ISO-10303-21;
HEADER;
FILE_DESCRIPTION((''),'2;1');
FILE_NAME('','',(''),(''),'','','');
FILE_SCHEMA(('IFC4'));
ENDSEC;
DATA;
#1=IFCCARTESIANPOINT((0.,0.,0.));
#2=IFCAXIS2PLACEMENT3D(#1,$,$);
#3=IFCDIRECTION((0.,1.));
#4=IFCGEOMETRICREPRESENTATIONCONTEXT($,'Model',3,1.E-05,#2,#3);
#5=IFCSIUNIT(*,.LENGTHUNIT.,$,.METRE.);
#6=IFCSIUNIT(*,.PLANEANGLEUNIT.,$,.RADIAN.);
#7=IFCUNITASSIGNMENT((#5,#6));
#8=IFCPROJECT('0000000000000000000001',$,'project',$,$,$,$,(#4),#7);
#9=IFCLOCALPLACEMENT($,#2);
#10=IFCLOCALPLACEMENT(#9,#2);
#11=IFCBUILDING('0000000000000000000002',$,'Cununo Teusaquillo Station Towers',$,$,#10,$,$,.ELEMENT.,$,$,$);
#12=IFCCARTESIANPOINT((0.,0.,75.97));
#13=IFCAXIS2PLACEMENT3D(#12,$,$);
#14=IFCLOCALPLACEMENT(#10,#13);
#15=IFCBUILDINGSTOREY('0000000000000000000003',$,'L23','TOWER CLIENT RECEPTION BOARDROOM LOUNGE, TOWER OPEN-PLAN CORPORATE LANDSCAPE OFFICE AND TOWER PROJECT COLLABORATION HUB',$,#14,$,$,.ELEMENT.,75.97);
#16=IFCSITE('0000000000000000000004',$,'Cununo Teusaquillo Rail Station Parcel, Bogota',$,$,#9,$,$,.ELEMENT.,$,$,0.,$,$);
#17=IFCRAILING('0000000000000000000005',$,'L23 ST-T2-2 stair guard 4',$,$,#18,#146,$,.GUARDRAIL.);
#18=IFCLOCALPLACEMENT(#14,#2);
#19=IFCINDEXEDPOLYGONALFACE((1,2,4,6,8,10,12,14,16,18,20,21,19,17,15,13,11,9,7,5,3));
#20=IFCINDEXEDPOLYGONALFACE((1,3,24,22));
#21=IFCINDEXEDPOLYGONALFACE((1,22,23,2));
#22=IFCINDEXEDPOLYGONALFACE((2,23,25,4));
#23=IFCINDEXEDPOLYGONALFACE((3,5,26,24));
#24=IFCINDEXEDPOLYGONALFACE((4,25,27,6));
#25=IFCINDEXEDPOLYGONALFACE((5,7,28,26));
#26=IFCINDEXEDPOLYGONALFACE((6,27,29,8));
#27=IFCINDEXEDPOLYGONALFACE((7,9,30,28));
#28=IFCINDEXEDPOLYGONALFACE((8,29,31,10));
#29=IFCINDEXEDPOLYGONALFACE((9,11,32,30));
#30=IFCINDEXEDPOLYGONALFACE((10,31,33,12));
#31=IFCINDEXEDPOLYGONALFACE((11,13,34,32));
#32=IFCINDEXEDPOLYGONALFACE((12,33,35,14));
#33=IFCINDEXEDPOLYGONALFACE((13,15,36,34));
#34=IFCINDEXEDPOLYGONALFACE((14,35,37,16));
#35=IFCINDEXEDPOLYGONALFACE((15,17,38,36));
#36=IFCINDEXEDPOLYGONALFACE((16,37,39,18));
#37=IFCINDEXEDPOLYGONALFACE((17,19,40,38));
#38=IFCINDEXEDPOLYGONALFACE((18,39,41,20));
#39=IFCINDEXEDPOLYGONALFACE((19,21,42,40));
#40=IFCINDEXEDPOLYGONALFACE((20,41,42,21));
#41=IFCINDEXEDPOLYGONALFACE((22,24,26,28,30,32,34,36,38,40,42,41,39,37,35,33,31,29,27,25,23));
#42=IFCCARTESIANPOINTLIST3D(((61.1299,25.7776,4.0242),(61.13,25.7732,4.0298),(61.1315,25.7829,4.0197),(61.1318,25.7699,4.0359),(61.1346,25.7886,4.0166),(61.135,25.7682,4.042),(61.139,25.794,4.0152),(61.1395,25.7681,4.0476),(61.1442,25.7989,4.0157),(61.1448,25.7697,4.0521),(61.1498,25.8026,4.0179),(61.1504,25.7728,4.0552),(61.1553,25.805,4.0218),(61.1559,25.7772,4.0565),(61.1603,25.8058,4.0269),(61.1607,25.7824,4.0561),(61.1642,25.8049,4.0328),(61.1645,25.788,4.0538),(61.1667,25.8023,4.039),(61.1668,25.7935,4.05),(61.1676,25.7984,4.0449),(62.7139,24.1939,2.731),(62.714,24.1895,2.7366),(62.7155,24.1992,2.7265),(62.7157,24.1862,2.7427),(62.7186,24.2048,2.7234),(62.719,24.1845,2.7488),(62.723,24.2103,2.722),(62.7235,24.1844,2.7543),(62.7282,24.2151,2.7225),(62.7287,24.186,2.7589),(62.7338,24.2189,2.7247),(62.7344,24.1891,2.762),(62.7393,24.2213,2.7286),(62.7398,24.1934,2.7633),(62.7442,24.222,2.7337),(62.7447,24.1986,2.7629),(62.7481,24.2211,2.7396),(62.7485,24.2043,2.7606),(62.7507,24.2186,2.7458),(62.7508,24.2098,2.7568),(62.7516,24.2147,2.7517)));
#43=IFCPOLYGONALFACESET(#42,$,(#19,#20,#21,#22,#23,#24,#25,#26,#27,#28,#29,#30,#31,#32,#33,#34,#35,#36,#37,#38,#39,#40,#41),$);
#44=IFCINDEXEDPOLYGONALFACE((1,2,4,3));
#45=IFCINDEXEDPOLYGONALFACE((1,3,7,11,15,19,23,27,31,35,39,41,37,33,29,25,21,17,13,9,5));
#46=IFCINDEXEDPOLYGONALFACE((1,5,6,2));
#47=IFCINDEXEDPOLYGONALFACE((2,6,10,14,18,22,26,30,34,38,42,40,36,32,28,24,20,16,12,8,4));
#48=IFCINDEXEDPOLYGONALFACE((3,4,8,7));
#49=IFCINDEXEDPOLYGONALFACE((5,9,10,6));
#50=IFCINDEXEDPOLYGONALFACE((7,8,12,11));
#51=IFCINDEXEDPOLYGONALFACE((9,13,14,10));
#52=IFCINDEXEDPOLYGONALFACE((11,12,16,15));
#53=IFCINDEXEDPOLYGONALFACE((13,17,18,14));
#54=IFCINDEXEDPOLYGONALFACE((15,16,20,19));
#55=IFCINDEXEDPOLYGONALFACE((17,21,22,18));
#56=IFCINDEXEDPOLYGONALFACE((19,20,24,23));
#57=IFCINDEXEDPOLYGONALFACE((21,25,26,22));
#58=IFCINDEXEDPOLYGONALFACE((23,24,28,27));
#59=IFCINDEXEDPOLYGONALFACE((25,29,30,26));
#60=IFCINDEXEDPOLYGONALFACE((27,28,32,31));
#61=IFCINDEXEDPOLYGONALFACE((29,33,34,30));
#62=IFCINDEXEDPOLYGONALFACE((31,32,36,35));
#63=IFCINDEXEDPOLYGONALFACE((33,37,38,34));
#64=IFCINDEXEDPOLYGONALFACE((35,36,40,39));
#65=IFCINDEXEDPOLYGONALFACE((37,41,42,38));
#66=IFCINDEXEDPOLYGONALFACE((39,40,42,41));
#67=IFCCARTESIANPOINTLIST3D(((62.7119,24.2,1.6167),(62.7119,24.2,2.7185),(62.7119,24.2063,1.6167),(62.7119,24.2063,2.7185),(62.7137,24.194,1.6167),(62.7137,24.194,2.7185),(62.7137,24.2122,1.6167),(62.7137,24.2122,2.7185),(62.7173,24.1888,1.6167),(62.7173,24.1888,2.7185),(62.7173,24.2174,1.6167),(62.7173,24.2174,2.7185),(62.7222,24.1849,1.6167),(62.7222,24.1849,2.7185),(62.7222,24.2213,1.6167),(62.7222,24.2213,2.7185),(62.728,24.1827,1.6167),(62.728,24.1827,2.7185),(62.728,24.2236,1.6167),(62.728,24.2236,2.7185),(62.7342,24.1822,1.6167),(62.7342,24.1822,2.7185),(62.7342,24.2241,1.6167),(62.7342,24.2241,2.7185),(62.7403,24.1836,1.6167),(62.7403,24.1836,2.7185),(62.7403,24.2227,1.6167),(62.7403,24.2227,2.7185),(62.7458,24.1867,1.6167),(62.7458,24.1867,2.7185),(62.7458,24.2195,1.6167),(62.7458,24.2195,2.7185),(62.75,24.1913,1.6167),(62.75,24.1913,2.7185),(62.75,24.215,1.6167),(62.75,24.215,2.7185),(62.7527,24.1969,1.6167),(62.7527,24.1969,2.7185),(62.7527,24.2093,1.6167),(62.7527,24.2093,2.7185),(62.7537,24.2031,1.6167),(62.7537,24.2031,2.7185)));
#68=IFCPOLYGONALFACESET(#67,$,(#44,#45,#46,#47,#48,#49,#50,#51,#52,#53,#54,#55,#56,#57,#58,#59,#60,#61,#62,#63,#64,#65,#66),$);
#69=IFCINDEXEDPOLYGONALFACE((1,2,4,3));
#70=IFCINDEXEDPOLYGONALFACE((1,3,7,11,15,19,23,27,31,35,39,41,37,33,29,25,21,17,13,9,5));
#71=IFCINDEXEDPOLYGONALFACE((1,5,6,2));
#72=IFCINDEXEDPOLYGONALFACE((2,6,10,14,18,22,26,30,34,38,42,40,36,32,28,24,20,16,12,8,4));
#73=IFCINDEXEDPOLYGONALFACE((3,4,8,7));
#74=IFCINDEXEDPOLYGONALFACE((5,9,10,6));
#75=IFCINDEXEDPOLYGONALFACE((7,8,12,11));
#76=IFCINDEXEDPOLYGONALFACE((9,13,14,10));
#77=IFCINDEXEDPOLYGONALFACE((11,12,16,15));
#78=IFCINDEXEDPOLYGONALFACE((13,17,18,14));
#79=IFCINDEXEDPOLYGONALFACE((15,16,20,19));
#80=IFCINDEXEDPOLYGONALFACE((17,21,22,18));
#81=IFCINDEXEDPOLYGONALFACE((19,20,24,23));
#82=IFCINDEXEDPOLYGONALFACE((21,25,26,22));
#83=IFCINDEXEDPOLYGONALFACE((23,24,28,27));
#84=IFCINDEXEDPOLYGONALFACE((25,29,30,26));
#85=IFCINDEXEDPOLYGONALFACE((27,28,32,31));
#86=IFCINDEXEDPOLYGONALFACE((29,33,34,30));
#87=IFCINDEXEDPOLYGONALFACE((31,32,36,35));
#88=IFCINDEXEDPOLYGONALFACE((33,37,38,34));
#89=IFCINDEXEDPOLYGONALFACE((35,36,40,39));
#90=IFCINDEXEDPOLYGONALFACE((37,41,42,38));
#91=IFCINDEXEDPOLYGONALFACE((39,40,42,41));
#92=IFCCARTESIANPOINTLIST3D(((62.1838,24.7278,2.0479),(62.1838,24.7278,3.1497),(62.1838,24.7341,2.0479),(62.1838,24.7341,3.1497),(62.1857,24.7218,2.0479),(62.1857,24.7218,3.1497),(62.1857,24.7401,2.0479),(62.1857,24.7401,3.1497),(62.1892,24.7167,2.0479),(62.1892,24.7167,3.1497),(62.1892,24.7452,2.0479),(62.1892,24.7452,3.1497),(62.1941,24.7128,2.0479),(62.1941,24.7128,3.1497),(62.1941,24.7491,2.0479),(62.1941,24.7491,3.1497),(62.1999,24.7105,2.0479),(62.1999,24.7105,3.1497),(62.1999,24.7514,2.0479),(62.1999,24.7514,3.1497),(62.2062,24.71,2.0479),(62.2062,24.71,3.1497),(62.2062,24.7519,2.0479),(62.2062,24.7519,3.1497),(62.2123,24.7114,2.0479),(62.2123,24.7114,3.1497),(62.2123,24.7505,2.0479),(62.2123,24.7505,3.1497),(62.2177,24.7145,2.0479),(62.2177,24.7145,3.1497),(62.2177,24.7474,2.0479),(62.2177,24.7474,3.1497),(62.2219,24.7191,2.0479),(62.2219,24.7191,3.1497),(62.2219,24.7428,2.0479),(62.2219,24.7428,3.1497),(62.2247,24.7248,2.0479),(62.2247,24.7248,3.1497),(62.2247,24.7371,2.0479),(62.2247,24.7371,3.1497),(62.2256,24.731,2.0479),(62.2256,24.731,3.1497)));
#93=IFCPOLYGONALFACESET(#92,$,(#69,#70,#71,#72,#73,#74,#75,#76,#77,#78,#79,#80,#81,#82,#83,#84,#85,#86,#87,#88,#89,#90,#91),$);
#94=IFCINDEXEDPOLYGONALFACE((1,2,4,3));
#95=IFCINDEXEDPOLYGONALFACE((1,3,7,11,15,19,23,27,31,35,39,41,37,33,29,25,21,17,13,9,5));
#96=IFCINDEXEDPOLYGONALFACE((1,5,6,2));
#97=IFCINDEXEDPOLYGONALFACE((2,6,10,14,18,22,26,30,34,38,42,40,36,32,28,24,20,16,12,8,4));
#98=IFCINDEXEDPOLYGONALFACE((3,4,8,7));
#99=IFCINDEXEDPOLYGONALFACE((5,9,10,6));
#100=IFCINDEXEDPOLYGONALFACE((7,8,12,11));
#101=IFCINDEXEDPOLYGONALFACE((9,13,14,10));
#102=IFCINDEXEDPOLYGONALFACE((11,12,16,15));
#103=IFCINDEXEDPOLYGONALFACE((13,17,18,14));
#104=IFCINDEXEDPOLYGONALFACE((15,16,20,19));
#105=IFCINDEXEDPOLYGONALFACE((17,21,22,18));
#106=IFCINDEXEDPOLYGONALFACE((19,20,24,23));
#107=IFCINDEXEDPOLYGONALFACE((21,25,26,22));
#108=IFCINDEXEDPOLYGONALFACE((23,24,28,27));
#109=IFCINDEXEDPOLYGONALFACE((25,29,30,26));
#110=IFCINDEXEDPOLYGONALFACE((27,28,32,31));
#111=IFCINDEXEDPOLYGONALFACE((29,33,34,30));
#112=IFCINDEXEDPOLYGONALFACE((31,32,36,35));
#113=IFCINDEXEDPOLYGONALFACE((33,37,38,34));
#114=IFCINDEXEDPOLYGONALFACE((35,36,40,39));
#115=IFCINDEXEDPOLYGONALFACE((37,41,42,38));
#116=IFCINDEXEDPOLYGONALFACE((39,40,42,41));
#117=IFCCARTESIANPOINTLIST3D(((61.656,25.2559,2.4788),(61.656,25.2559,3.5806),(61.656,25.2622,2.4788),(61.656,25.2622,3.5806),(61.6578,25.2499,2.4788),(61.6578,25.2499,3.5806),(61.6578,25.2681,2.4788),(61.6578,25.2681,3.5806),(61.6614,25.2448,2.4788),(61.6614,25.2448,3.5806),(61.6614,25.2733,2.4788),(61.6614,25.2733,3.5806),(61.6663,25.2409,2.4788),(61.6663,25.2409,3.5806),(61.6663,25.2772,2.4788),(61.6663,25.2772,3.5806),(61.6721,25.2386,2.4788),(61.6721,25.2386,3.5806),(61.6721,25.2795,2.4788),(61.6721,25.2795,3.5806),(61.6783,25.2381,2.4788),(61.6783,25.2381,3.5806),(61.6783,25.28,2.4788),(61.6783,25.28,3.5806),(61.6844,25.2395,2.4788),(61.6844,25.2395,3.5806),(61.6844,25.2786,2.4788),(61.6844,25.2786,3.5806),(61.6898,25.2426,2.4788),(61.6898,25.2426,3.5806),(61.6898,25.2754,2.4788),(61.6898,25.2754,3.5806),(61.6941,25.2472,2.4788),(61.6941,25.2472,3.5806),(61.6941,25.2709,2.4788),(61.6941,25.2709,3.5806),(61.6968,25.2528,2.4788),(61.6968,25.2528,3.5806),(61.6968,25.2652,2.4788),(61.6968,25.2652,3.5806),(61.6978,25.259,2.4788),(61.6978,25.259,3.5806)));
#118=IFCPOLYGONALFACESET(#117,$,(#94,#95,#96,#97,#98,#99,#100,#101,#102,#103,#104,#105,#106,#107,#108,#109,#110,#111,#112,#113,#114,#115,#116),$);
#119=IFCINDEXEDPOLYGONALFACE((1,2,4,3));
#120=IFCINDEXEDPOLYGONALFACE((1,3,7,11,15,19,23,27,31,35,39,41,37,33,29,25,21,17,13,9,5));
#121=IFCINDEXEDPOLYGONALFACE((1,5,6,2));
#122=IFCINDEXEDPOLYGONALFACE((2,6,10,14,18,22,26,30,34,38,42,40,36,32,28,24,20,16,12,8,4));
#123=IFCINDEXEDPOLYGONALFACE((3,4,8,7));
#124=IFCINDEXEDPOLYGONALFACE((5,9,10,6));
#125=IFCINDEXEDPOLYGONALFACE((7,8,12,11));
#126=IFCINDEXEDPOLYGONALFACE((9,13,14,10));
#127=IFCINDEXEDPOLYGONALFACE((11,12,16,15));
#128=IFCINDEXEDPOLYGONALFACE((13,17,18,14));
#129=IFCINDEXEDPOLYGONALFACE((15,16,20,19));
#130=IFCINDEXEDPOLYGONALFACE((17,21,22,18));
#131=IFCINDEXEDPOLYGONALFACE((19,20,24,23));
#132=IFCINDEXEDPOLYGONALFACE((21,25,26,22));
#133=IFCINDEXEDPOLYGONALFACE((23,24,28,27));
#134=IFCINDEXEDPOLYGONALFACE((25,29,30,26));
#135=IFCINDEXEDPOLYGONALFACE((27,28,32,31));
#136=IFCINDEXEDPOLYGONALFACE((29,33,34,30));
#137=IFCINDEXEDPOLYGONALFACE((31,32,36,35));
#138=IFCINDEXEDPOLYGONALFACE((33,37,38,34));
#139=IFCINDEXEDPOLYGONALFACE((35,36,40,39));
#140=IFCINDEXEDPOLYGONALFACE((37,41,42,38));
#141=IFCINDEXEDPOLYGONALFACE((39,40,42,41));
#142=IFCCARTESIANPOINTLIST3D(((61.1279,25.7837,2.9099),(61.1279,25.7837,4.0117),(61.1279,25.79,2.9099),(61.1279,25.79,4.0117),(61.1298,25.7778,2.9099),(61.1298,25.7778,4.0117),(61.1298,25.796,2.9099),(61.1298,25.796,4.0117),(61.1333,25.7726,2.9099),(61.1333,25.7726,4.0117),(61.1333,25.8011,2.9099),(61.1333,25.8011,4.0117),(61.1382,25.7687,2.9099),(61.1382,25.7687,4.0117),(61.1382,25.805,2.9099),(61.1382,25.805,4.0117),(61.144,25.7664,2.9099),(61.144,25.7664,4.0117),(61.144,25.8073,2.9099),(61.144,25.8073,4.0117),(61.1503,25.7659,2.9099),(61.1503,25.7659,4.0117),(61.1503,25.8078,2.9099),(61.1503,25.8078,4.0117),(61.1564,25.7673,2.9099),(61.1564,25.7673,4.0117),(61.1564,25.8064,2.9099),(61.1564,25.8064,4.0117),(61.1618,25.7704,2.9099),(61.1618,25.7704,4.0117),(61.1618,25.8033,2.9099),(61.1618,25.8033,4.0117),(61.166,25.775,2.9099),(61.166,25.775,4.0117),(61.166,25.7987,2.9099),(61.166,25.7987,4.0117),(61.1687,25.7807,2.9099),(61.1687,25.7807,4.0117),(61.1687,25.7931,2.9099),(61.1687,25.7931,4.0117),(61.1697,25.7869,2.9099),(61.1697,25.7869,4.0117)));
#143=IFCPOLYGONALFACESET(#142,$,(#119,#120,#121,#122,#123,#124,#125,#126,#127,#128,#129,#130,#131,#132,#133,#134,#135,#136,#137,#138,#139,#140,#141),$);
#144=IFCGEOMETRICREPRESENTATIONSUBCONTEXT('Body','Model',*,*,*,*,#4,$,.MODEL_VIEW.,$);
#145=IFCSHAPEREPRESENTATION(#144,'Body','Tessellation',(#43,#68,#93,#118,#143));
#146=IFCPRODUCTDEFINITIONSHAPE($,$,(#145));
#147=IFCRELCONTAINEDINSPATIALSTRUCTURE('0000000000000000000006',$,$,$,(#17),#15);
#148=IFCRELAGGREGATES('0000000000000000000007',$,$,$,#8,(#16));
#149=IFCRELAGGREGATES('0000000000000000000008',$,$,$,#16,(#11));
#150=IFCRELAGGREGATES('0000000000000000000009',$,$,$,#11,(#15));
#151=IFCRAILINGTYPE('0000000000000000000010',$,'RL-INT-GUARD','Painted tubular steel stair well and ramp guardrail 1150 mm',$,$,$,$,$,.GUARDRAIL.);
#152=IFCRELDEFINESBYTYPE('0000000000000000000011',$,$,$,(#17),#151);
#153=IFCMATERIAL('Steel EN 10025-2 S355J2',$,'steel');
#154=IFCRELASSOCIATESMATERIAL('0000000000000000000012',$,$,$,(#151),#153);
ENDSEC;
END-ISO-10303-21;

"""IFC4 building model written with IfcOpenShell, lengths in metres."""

from ifc_helpers import new_model, si_unit, direction, frame, origin, origin_2d, place, context, subcontext, project, spatial, circle, extrude, material, type_object, element, save


model = new_model("IFC4")

# Units and contexts
model_context = context("Model", 3, precision=1e-05, world=origin(), true_north=direction((0.0, 1.0)))
body_context = subcontext(model_context, "Body", "Model", "MODEL_VIEW")
ifc_project = project(units=[si_unit("LENGTHUNIT", "METRE"), si_unit("PLANEANGLEUNIT", "RADIAN")], contexts=[model_context])

# Site, building, storey
site_placement = place(None, origin())
site = spatial("IfcSite", under=ifc_project, at=site_placement, Name="Cununo Teusaquillo Rail Station Parcel, Bogota", CompositionType="ELEMENT", RefElevation=0.0)
building_placement = place(site_placement, origin())
building = spatial("IfcBuilding", under=site, at=building_placement, Name="Cununo Teusaquillo Station Towers", CompositionType="ELEMENT")
storey_placement = place(building_placement, frame((0.0, 0.0, 75.97)))
storey = spatial("IfcBuildingStorey", under=building, at=storey_placement, Name="L23", Description="TOWER CLIENT RECEPTION BOARDROOM LOUNGE, TOWER OPEN-PLAN CORPORATE LANDSCAPE OFFICE AND TOWER PROJECT COLLABORATION HUB", CompositionType="ELEMENT", Elevation=75.97)

# Railing
ifc_material_1 = material(Name="Steel EN 10025-2 S355J2", Category="steel")
railing_type_1 = type_object("IfcRailingType", Name="RL-INT-GUARD", Description="Painted tubular steel stair well and ramp guardrail 1150 mm", PredefinedType="GUARDRAIL", material=ifc_material_1)
railing_1_placement = place(storey_placement, frame((62.7327, 24.2031, 1.6167)))
element("IfcRailing", 1, at=railing_1_placement, inside=storey, type_object=railing_type_1, Name="L23 ST-T2-2 stair guard 4", PredefinedType="GUARDRAIL", context=body_context, shape_type="SweptSolid", body=[
    extrude(circle(Radius=0.0239, at=origin_2d()), frame((0.0, 0.0, 1.126), z_axis=(-0.61242, 0.612326, 0.499998), x_axis=(-0.707052, -0.707161, 0.0)), (0.0, 0.0, 1.0), 2.5864),
    extrude(circle(Radius=0.021, at=origin_2d()), origin(), (0.0, 0.0, 1.0), 1.1018),
    extrude(circle(Radius=0.021, at=origin_2d()), frame((-0.5281, 0.5278, 0.4312)), (0.0, 0.0, 1.0), 1.1018),
    extrude(circle(Radius=0.021, at=origin_2d()), frame((-1.0559, 1.0559, 0.8621)), (0.0, 0.0, 1.0), 1.1018),
    extrude(circle(Radius=0.021, at=origin_2d()), frame((-1.584, 1.5837, 1.2932)), (0.0, 0.0, 1.0), 1.1018),
])

save(model, "model.ifc")
